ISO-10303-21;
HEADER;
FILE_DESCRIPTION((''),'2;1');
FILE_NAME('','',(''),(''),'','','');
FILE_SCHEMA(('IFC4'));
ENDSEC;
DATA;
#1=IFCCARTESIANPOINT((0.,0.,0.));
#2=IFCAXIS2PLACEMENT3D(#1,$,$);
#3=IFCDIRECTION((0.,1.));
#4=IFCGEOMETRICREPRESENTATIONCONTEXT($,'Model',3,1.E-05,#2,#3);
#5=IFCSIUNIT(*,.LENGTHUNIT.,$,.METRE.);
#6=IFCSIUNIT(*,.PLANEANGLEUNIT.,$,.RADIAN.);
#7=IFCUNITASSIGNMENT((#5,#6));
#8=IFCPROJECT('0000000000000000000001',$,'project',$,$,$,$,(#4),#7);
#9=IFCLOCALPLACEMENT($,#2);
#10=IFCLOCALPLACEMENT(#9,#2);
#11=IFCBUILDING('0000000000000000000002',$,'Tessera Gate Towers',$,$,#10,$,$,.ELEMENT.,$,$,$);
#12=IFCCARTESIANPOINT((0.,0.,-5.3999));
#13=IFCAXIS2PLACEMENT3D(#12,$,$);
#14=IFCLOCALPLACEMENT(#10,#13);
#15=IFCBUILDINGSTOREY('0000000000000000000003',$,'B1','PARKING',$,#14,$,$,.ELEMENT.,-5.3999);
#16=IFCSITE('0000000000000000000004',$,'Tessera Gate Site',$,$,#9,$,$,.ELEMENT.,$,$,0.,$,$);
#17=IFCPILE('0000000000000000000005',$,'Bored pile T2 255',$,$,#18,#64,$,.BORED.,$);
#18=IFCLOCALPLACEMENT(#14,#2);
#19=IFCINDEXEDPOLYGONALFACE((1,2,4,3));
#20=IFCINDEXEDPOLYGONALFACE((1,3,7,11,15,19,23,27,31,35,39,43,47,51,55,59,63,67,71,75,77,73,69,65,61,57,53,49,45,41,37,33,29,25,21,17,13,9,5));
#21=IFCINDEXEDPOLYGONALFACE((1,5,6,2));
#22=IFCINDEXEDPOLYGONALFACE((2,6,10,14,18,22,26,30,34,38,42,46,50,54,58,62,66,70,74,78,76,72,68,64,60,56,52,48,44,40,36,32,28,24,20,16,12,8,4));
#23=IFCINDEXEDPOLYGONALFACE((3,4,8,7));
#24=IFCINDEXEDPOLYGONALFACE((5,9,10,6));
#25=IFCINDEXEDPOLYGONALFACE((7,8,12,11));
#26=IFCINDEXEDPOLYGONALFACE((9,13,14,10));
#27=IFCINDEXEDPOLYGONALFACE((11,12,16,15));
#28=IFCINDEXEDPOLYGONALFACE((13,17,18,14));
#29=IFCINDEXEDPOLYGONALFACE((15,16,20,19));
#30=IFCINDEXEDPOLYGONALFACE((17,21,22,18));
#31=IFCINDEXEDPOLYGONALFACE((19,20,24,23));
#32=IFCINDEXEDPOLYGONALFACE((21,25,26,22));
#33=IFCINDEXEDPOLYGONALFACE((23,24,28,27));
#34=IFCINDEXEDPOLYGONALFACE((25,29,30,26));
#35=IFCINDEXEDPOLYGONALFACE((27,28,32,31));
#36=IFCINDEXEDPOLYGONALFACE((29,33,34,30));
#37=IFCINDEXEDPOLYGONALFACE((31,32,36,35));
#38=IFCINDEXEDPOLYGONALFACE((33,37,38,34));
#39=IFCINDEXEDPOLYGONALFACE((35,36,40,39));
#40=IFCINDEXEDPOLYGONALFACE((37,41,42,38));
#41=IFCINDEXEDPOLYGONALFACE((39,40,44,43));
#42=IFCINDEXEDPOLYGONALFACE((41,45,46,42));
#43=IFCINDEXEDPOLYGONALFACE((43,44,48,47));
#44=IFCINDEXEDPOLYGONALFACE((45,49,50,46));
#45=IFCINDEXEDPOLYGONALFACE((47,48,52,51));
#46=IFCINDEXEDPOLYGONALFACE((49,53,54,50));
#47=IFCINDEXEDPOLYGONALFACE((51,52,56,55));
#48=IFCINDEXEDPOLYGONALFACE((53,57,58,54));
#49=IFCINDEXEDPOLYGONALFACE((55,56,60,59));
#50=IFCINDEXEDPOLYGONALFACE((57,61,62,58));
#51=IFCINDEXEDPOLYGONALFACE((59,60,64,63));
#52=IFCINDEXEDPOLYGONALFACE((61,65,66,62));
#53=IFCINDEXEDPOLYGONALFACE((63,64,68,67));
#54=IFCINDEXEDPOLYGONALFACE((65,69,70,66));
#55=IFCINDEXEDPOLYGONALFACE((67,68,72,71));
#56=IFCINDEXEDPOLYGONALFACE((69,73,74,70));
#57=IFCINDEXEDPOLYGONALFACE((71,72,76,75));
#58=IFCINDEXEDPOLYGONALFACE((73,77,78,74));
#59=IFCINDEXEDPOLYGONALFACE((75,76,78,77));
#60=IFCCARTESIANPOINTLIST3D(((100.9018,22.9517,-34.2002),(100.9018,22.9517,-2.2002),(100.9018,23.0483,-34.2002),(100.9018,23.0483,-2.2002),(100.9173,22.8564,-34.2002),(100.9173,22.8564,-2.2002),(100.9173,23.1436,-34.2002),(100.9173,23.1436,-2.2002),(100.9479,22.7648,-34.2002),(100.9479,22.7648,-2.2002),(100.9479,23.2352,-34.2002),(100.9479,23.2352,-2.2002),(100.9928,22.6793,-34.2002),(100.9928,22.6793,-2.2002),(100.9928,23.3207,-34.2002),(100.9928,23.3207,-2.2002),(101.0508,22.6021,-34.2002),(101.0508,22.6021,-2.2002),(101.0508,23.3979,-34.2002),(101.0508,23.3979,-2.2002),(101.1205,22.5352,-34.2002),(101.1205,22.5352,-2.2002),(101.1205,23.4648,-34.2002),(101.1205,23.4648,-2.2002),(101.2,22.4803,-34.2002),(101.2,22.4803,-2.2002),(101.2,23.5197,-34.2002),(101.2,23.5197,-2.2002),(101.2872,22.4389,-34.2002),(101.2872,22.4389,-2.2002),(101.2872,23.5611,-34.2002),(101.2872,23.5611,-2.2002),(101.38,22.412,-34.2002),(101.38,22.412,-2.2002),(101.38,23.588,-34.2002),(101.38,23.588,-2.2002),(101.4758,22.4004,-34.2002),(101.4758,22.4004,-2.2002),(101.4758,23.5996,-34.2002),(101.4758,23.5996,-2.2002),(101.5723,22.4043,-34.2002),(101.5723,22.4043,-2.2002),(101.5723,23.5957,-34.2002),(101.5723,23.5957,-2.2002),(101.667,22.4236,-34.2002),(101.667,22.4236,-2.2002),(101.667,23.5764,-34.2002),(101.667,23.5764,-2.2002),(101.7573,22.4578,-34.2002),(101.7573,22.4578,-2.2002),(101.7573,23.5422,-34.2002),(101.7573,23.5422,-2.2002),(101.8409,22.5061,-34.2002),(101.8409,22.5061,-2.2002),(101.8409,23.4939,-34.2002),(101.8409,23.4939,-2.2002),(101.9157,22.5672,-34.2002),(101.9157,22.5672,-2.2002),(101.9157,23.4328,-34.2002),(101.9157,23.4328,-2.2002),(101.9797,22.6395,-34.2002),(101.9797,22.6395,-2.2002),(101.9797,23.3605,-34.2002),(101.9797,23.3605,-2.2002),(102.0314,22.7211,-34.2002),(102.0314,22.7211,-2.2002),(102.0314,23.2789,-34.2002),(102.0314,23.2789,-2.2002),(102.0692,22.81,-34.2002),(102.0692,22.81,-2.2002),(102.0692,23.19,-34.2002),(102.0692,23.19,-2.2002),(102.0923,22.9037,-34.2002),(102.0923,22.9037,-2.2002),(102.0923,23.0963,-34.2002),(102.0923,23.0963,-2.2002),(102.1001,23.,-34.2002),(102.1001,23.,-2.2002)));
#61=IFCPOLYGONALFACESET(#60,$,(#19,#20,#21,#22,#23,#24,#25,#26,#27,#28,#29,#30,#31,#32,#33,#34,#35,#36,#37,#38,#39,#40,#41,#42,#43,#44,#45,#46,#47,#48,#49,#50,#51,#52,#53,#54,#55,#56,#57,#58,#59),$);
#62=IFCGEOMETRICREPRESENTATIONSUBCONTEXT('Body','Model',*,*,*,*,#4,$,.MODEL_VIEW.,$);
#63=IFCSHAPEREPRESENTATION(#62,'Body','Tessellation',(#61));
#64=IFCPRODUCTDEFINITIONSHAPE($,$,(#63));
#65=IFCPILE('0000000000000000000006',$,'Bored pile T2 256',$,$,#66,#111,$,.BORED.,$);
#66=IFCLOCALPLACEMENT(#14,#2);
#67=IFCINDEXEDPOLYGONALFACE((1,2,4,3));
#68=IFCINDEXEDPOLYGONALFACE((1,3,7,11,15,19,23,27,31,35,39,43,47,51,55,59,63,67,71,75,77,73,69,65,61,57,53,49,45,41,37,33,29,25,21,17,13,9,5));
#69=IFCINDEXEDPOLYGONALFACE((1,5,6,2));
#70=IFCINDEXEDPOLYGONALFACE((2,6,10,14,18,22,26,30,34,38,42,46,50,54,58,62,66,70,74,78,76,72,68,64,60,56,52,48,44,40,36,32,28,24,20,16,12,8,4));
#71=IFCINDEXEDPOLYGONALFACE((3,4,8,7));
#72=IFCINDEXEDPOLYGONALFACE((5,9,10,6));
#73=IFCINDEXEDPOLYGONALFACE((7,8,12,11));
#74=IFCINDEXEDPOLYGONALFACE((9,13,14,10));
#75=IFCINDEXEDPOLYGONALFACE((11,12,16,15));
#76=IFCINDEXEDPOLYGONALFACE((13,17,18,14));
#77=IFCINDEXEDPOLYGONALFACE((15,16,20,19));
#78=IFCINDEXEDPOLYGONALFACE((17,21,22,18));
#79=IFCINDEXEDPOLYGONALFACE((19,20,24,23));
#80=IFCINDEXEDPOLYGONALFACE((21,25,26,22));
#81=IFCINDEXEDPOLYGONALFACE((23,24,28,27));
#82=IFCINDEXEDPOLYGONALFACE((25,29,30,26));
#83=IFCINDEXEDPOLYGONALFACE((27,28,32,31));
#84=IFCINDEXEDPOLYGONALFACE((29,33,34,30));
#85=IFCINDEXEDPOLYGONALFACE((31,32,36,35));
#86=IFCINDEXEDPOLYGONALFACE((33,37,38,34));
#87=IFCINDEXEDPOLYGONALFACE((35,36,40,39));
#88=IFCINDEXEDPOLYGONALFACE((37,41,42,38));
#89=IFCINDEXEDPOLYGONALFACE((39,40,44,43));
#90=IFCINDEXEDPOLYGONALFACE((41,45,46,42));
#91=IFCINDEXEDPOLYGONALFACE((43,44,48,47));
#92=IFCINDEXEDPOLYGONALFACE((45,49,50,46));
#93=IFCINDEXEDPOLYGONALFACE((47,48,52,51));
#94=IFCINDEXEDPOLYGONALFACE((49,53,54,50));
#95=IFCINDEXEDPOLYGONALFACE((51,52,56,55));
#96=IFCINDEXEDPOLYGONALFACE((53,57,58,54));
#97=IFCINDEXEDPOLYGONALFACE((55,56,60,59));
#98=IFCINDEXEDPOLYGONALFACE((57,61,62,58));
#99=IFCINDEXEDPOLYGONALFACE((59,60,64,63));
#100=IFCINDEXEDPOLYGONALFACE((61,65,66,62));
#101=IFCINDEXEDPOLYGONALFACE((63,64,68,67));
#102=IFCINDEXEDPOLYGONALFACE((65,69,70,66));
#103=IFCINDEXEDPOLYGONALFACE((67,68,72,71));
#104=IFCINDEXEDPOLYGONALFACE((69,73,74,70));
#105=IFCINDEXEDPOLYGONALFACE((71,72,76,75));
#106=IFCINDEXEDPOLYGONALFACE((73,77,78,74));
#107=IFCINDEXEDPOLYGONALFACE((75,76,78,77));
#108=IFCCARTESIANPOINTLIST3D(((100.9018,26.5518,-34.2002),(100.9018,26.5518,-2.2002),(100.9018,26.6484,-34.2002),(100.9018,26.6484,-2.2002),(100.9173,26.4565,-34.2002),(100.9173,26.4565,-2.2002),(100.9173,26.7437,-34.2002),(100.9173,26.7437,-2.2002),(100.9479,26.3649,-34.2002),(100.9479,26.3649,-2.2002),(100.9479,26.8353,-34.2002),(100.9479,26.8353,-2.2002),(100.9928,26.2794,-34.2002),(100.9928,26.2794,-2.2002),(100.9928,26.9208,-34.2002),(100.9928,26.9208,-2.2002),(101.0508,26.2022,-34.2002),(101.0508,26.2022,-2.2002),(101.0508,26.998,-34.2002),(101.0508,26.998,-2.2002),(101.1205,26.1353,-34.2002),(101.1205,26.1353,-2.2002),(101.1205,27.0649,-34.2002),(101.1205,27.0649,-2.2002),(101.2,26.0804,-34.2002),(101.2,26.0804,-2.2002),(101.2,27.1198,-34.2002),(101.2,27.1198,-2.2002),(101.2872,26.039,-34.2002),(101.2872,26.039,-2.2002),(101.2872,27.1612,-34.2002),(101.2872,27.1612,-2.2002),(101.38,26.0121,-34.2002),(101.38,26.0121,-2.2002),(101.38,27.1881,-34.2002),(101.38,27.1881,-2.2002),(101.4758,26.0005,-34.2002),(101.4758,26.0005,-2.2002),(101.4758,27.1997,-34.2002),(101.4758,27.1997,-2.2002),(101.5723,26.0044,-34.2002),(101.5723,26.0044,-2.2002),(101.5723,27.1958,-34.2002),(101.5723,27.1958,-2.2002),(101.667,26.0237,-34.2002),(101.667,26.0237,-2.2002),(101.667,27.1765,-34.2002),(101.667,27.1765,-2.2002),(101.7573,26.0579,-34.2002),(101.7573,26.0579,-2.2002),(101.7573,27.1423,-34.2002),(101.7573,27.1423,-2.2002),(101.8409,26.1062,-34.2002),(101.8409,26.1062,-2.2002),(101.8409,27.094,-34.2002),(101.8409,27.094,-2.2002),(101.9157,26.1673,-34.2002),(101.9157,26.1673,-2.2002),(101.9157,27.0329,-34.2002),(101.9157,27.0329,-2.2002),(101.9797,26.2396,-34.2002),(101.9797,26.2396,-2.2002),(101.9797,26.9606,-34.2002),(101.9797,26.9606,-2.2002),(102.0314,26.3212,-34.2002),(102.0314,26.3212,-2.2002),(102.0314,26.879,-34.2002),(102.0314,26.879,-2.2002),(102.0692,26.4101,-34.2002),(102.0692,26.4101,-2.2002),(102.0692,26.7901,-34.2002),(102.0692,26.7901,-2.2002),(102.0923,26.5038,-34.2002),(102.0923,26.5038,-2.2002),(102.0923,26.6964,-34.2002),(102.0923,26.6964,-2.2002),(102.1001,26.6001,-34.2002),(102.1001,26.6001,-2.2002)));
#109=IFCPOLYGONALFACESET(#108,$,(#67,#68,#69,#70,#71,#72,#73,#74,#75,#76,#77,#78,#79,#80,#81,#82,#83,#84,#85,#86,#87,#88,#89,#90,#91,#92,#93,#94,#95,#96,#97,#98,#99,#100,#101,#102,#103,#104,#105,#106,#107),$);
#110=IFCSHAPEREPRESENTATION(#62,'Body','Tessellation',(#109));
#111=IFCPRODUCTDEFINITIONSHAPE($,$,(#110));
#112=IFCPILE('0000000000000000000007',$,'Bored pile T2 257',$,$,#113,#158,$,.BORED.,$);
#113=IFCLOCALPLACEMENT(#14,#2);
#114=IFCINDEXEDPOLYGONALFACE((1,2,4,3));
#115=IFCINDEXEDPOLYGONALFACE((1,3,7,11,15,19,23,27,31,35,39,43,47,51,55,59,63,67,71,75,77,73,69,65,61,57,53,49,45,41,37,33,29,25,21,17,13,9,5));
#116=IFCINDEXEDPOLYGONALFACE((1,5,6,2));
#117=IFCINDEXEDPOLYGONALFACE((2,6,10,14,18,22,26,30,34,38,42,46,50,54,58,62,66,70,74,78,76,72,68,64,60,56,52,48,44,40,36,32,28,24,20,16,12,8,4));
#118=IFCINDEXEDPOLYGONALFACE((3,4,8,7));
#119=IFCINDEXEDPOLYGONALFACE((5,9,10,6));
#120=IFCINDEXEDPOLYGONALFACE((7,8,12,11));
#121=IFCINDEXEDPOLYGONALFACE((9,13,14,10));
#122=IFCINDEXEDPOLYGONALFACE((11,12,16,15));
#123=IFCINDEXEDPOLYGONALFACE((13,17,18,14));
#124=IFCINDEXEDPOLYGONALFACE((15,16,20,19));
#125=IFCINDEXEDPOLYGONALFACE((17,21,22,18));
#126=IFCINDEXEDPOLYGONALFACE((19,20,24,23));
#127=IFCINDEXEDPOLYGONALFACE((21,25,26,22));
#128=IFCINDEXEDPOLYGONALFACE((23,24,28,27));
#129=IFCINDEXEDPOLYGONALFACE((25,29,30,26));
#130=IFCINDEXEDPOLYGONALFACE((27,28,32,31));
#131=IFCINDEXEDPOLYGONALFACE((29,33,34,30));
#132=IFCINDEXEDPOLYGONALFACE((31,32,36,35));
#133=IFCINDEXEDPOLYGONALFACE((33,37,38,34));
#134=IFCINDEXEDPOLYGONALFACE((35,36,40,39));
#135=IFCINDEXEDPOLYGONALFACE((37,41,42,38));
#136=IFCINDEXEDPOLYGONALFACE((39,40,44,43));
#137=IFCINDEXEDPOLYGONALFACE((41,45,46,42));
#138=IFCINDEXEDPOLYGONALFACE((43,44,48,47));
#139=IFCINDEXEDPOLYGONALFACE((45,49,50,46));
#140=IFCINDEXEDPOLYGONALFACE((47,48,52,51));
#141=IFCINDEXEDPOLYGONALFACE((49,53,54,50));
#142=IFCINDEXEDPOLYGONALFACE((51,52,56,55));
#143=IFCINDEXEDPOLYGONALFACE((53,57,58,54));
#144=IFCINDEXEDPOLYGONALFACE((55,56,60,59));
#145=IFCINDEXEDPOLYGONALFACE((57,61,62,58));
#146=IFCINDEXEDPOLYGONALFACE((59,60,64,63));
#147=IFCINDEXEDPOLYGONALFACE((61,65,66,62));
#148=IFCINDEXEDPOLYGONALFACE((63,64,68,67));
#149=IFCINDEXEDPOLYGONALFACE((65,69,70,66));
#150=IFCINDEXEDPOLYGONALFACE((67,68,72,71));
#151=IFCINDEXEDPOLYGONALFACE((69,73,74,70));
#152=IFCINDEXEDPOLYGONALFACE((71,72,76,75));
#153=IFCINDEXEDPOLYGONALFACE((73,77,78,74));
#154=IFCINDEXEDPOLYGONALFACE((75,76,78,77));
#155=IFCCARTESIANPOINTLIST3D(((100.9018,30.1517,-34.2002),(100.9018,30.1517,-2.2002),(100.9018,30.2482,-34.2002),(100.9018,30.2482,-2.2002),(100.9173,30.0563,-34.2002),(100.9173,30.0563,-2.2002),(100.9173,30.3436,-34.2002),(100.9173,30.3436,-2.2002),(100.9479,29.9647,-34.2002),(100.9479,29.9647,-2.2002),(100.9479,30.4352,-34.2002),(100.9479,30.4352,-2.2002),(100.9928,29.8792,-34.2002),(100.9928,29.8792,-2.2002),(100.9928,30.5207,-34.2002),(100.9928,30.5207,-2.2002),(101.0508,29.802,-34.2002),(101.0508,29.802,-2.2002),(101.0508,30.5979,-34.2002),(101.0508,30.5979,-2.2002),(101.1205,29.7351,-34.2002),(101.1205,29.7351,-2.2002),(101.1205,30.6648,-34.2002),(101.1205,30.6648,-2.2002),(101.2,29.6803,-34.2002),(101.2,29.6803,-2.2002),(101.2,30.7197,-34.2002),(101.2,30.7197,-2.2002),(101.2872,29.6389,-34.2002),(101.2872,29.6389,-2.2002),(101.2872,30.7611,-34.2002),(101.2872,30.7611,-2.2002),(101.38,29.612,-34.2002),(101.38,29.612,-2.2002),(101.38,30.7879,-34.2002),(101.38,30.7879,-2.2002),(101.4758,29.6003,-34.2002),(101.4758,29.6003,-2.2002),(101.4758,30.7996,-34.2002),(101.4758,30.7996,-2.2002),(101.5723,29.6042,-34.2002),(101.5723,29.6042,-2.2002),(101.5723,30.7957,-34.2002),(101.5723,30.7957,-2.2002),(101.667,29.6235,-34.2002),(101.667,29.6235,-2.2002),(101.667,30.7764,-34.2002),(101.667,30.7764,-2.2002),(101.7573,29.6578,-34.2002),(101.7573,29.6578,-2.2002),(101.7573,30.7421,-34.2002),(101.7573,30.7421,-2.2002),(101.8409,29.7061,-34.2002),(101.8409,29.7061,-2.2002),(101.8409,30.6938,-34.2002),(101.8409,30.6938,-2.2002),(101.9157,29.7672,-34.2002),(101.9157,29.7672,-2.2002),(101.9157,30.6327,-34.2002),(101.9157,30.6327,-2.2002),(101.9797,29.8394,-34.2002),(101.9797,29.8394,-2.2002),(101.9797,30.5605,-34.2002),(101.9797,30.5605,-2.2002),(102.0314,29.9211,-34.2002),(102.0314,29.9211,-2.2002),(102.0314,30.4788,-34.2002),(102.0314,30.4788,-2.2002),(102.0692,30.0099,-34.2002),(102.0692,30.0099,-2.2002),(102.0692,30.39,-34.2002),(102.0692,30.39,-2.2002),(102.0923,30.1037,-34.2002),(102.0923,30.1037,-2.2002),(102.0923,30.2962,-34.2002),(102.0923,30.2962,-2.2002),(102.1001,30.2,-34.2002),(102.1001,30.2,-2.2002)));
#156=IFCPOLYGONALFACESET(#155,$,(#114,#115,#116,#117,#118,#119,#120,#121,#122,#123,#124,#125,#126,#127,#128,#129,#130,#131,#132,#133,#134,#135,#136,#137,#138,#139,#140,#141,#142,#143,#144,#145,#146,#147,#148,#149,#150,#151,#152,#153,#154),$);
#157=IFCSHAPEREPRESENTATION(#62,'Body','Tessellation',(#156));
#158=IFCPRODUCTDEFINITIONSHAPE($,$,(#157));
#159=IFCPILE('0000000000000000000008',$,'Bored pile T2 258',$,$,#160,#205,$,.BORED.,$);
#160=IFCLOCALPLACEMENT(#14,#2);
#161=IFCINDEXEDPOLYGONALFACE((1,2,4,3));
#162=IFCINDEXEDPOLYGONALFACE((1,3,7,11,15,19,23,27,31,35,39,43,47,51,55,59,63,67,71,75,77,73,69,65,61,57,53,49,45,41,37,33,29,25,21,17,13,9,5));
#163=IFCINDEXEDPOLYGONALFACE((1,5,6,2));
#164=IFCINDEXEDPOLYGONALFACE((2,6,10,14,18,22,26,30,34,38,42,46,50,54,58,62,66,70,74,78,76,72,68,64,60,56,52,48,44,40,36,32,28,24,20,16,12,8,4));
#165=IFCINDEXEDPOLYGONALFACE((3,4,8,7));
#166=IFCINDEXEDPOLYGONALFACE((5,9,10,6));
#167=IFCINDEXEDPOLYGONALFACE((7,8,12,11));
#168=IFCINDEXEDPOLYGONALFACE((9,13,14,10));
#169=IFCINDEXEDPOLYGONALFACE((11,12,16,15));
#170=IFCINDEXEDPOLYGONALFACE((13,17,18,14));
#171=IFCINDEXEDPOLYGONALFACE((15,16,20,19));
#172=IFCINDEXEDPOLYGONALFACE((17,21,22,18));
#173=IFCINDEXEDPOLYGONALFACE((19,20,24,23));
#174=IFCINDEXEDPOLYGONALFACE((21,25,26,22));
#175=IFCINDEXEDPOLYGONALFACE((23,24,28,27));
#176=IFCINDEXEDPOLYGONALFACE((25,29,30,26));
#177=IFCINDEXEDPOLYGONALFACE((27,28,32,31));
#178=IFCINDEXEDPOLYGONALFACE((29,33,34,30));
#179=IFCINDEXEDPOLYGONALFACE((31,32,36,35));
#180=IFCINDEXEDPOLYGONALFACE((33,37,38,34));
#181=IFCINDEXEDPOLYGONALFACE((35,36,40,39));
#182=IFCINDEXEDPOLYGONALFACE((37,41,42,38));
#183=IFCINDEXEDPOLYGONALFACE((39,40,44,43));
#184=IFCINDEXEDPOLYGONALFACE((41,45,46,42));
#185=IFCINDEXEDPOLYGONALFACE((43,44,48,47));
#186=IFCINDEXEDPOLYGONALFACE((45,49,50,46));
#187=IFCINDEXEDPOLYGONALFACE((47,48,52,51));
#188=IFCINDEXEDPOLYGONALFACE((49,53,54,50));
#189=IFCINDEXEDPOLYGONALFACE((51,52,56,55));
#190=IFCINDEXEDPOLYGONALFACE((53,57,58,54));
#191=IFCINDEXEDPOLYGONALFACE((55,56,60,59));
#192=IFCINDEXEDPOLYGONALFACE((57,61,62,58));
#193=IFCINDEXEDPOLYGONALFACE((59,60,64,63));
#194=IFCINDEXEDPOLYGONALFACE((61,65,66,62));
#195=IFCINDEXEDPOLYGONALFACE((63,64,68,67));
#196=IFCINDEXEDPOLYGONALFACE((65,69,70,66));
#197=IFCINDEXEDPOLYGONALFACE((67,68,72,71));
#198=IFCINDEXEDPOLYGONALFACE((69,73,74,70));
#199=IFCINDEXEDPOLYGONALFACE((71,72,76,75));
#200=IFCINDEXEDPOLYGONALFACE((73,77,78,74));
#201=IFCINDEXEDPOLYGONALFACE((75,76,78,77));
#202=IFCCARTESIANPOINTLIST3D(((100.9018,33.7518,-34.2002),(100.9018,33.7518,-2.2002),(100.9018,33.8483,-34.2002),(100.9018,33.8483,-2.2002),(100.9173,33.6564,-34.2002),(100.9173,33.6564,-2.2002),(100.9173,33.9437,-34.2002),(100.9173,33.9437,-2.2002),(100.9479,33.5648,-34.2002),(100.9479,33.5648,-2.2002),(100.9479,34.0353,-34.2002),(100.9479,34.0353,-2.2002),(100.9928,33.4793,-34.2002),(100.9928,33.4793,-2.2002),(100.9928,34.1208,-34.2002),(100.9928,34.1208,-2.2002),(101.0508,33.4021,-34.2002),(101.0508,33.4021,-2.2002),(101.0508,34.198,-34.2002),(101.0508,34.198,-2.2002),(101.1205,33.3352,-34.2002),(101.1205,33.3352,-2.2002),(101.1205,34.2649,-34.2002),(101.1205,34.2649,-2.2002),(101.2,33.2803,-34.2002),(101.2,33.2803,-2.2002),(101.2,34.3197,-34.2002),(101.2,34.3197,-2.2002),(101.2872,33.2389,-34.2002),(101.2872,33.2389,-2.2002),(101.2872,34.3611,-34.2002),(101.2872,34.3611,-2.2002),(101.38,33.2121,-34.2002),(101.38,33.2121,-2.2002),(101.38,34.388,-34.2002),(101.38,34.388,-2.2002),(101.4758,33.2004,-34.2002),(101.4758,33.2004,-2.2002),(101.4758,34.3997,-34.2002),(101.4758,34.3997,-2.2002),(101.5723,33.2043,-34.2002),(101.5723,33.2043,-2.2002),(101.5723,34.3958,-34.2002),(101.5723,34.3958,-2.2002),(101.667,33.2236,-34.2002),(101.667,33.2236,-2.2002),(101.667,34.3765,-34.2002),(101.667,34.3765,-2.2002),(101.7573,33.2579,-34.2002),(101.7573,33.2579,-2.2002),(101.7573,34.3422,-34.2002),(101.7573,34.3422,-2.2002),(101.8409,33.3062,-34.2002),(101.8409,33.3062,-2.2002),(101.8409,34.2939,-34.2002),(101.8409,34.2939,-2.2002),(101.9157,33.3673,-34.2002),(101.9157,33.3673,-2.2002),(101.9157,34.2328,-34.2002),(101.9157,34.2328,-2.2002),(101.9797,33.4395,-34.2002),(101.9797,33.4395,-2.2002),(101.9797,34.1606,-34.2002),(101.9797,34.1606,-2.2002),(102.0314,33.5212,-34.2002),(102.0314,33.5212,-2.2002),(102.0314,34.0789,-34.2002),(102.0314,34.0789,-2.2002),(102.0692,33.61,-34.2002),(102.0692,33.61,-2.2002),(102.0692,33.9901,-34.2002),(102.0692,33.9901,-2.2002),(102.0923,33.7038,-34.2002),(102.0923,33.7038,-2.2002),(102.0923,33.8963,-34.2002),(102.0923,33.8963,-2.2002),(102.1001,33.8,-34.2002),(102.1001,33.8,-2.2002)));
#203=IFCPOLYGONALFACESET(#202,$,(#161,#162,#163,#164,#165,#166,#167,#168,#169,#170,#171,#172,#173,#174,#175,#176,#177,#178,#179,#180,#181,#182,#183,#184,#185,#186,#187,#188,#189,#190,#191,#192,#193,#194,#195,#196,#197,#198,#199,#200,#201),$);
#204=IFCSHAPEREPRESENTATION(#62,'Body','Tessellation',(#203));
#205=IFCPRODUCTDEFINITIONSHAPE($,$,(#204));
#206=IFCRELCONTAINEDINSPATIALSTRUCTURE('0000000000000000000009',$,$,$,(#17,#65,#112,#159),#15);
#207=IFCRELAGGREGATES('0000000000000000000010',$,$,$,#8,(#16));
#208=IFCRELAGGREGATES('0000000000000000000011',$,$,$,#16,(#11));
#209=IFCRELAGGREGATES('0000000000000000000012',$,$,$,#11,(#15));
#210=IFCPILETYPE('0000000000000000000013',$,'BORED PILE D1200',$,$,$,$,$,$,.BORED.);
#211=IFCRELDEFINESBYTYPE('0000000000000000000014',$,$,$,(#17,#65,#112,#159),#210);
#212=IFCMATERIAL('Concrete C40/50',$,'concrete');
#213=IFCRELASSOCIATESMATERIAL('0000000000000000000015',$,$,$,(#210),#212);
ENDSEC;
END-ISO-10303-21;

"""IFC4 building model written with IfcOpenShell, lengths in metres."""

from ifc_helpers import new_model, si_unit, direction, frame, origin, origin_2d, place, context, subcontext, project, spatial, circle, extrude, material, material_profile, profile_set, type_object, element, save


model = new_model("IFC4")

# Units and contexts
model_context = context("Model", 3, precision=1e-05, world=origin(), true_north=direction((0.0, 1.0)))
body_context = subcontext(model_context, "Body", "Model", "MODEL_VIEW")
ifc_project = project(units=[si_unit("LENGTHUNIT", "METRE"), si_unit("PLANEANGLEUNIT", "RADIAN")], contexts=[model_context])

# Site, building, storey
site_placement = place(None, origin())
site = spatial("IfcSite", under=ifc_project, at=site_placement, Name="Tessera Gate Site", CompositionType="ELEMENT", RefElevation=0.0)
building_placement = place(site_placement, origin())
building = spatial("IfcBuilding", under=site, at=building_placement, Name="Tessera Gate Towers", CompositionType="ELEMENT")
storey_placement = place(building_placement, frame((0.0, 0.0, -5.3999)))
storey = spatial("IfcBuildingStorey", under=building, at=storey_placement, Name="B1", Description="PARKING", CompositionType="ELEMENT", Elevation=-5.3999)

# Piles
ifc_material_1 = material(Name="Concrete C40/50", Category="concrete")
ifc_material_profile_1 = material_profile(ifc_material_1, circle(Radius=0.6001, at=origin_2d()), Name="BORED PILE D1200")
ifc_profile_set_1 = profile_set([ifc_material_profile_1], Name="Concrete C40/50")
pile_type = type_object("IfcPileType", Name="BORED PILE D1200", PredefinedType="BORED", material=ifc_profile_set_1)
for number, where, z_axis, x_axis, name in (
    (1, (101.5, 23.0, -2.2002), (0.0, 0.0, -1.0), (1.0, 0.0, 0.0), "Bored pile T2 255"),
    (2, (101.5, 26.6001, -2.2002), (0.0, 0.0, -1.0), (1.0, 0.0, 0.0), "Bored pile T2 256"),
    (3, (101.5, 30.2, -2.2002), (0.0, 0.0, -1.0), (1.0, 0.0, 0.0), "Bored pile T2 257"),
    (4, (101.5, 33.8, -2.2002), (0.0, 0.0, -1.0), (1.0, 0.0, 0.0), "Bored pile T2 258"),
):
    element("IfcPile", number, at=place(storey_placement, frame(where, z_axis=z_axis, x_axis=x_axis)), inside=storey, type_object=pile_type, Name=name, PredefinedType="BORED", context=body_context, shape_type="SweptSolid", body=[
        extrude(circle(Radius=0.6001, at=origin_2d()), origin(), (0.0, 0.0, 1.0), 32.0),
    ])

save(model, "model.ifc")
